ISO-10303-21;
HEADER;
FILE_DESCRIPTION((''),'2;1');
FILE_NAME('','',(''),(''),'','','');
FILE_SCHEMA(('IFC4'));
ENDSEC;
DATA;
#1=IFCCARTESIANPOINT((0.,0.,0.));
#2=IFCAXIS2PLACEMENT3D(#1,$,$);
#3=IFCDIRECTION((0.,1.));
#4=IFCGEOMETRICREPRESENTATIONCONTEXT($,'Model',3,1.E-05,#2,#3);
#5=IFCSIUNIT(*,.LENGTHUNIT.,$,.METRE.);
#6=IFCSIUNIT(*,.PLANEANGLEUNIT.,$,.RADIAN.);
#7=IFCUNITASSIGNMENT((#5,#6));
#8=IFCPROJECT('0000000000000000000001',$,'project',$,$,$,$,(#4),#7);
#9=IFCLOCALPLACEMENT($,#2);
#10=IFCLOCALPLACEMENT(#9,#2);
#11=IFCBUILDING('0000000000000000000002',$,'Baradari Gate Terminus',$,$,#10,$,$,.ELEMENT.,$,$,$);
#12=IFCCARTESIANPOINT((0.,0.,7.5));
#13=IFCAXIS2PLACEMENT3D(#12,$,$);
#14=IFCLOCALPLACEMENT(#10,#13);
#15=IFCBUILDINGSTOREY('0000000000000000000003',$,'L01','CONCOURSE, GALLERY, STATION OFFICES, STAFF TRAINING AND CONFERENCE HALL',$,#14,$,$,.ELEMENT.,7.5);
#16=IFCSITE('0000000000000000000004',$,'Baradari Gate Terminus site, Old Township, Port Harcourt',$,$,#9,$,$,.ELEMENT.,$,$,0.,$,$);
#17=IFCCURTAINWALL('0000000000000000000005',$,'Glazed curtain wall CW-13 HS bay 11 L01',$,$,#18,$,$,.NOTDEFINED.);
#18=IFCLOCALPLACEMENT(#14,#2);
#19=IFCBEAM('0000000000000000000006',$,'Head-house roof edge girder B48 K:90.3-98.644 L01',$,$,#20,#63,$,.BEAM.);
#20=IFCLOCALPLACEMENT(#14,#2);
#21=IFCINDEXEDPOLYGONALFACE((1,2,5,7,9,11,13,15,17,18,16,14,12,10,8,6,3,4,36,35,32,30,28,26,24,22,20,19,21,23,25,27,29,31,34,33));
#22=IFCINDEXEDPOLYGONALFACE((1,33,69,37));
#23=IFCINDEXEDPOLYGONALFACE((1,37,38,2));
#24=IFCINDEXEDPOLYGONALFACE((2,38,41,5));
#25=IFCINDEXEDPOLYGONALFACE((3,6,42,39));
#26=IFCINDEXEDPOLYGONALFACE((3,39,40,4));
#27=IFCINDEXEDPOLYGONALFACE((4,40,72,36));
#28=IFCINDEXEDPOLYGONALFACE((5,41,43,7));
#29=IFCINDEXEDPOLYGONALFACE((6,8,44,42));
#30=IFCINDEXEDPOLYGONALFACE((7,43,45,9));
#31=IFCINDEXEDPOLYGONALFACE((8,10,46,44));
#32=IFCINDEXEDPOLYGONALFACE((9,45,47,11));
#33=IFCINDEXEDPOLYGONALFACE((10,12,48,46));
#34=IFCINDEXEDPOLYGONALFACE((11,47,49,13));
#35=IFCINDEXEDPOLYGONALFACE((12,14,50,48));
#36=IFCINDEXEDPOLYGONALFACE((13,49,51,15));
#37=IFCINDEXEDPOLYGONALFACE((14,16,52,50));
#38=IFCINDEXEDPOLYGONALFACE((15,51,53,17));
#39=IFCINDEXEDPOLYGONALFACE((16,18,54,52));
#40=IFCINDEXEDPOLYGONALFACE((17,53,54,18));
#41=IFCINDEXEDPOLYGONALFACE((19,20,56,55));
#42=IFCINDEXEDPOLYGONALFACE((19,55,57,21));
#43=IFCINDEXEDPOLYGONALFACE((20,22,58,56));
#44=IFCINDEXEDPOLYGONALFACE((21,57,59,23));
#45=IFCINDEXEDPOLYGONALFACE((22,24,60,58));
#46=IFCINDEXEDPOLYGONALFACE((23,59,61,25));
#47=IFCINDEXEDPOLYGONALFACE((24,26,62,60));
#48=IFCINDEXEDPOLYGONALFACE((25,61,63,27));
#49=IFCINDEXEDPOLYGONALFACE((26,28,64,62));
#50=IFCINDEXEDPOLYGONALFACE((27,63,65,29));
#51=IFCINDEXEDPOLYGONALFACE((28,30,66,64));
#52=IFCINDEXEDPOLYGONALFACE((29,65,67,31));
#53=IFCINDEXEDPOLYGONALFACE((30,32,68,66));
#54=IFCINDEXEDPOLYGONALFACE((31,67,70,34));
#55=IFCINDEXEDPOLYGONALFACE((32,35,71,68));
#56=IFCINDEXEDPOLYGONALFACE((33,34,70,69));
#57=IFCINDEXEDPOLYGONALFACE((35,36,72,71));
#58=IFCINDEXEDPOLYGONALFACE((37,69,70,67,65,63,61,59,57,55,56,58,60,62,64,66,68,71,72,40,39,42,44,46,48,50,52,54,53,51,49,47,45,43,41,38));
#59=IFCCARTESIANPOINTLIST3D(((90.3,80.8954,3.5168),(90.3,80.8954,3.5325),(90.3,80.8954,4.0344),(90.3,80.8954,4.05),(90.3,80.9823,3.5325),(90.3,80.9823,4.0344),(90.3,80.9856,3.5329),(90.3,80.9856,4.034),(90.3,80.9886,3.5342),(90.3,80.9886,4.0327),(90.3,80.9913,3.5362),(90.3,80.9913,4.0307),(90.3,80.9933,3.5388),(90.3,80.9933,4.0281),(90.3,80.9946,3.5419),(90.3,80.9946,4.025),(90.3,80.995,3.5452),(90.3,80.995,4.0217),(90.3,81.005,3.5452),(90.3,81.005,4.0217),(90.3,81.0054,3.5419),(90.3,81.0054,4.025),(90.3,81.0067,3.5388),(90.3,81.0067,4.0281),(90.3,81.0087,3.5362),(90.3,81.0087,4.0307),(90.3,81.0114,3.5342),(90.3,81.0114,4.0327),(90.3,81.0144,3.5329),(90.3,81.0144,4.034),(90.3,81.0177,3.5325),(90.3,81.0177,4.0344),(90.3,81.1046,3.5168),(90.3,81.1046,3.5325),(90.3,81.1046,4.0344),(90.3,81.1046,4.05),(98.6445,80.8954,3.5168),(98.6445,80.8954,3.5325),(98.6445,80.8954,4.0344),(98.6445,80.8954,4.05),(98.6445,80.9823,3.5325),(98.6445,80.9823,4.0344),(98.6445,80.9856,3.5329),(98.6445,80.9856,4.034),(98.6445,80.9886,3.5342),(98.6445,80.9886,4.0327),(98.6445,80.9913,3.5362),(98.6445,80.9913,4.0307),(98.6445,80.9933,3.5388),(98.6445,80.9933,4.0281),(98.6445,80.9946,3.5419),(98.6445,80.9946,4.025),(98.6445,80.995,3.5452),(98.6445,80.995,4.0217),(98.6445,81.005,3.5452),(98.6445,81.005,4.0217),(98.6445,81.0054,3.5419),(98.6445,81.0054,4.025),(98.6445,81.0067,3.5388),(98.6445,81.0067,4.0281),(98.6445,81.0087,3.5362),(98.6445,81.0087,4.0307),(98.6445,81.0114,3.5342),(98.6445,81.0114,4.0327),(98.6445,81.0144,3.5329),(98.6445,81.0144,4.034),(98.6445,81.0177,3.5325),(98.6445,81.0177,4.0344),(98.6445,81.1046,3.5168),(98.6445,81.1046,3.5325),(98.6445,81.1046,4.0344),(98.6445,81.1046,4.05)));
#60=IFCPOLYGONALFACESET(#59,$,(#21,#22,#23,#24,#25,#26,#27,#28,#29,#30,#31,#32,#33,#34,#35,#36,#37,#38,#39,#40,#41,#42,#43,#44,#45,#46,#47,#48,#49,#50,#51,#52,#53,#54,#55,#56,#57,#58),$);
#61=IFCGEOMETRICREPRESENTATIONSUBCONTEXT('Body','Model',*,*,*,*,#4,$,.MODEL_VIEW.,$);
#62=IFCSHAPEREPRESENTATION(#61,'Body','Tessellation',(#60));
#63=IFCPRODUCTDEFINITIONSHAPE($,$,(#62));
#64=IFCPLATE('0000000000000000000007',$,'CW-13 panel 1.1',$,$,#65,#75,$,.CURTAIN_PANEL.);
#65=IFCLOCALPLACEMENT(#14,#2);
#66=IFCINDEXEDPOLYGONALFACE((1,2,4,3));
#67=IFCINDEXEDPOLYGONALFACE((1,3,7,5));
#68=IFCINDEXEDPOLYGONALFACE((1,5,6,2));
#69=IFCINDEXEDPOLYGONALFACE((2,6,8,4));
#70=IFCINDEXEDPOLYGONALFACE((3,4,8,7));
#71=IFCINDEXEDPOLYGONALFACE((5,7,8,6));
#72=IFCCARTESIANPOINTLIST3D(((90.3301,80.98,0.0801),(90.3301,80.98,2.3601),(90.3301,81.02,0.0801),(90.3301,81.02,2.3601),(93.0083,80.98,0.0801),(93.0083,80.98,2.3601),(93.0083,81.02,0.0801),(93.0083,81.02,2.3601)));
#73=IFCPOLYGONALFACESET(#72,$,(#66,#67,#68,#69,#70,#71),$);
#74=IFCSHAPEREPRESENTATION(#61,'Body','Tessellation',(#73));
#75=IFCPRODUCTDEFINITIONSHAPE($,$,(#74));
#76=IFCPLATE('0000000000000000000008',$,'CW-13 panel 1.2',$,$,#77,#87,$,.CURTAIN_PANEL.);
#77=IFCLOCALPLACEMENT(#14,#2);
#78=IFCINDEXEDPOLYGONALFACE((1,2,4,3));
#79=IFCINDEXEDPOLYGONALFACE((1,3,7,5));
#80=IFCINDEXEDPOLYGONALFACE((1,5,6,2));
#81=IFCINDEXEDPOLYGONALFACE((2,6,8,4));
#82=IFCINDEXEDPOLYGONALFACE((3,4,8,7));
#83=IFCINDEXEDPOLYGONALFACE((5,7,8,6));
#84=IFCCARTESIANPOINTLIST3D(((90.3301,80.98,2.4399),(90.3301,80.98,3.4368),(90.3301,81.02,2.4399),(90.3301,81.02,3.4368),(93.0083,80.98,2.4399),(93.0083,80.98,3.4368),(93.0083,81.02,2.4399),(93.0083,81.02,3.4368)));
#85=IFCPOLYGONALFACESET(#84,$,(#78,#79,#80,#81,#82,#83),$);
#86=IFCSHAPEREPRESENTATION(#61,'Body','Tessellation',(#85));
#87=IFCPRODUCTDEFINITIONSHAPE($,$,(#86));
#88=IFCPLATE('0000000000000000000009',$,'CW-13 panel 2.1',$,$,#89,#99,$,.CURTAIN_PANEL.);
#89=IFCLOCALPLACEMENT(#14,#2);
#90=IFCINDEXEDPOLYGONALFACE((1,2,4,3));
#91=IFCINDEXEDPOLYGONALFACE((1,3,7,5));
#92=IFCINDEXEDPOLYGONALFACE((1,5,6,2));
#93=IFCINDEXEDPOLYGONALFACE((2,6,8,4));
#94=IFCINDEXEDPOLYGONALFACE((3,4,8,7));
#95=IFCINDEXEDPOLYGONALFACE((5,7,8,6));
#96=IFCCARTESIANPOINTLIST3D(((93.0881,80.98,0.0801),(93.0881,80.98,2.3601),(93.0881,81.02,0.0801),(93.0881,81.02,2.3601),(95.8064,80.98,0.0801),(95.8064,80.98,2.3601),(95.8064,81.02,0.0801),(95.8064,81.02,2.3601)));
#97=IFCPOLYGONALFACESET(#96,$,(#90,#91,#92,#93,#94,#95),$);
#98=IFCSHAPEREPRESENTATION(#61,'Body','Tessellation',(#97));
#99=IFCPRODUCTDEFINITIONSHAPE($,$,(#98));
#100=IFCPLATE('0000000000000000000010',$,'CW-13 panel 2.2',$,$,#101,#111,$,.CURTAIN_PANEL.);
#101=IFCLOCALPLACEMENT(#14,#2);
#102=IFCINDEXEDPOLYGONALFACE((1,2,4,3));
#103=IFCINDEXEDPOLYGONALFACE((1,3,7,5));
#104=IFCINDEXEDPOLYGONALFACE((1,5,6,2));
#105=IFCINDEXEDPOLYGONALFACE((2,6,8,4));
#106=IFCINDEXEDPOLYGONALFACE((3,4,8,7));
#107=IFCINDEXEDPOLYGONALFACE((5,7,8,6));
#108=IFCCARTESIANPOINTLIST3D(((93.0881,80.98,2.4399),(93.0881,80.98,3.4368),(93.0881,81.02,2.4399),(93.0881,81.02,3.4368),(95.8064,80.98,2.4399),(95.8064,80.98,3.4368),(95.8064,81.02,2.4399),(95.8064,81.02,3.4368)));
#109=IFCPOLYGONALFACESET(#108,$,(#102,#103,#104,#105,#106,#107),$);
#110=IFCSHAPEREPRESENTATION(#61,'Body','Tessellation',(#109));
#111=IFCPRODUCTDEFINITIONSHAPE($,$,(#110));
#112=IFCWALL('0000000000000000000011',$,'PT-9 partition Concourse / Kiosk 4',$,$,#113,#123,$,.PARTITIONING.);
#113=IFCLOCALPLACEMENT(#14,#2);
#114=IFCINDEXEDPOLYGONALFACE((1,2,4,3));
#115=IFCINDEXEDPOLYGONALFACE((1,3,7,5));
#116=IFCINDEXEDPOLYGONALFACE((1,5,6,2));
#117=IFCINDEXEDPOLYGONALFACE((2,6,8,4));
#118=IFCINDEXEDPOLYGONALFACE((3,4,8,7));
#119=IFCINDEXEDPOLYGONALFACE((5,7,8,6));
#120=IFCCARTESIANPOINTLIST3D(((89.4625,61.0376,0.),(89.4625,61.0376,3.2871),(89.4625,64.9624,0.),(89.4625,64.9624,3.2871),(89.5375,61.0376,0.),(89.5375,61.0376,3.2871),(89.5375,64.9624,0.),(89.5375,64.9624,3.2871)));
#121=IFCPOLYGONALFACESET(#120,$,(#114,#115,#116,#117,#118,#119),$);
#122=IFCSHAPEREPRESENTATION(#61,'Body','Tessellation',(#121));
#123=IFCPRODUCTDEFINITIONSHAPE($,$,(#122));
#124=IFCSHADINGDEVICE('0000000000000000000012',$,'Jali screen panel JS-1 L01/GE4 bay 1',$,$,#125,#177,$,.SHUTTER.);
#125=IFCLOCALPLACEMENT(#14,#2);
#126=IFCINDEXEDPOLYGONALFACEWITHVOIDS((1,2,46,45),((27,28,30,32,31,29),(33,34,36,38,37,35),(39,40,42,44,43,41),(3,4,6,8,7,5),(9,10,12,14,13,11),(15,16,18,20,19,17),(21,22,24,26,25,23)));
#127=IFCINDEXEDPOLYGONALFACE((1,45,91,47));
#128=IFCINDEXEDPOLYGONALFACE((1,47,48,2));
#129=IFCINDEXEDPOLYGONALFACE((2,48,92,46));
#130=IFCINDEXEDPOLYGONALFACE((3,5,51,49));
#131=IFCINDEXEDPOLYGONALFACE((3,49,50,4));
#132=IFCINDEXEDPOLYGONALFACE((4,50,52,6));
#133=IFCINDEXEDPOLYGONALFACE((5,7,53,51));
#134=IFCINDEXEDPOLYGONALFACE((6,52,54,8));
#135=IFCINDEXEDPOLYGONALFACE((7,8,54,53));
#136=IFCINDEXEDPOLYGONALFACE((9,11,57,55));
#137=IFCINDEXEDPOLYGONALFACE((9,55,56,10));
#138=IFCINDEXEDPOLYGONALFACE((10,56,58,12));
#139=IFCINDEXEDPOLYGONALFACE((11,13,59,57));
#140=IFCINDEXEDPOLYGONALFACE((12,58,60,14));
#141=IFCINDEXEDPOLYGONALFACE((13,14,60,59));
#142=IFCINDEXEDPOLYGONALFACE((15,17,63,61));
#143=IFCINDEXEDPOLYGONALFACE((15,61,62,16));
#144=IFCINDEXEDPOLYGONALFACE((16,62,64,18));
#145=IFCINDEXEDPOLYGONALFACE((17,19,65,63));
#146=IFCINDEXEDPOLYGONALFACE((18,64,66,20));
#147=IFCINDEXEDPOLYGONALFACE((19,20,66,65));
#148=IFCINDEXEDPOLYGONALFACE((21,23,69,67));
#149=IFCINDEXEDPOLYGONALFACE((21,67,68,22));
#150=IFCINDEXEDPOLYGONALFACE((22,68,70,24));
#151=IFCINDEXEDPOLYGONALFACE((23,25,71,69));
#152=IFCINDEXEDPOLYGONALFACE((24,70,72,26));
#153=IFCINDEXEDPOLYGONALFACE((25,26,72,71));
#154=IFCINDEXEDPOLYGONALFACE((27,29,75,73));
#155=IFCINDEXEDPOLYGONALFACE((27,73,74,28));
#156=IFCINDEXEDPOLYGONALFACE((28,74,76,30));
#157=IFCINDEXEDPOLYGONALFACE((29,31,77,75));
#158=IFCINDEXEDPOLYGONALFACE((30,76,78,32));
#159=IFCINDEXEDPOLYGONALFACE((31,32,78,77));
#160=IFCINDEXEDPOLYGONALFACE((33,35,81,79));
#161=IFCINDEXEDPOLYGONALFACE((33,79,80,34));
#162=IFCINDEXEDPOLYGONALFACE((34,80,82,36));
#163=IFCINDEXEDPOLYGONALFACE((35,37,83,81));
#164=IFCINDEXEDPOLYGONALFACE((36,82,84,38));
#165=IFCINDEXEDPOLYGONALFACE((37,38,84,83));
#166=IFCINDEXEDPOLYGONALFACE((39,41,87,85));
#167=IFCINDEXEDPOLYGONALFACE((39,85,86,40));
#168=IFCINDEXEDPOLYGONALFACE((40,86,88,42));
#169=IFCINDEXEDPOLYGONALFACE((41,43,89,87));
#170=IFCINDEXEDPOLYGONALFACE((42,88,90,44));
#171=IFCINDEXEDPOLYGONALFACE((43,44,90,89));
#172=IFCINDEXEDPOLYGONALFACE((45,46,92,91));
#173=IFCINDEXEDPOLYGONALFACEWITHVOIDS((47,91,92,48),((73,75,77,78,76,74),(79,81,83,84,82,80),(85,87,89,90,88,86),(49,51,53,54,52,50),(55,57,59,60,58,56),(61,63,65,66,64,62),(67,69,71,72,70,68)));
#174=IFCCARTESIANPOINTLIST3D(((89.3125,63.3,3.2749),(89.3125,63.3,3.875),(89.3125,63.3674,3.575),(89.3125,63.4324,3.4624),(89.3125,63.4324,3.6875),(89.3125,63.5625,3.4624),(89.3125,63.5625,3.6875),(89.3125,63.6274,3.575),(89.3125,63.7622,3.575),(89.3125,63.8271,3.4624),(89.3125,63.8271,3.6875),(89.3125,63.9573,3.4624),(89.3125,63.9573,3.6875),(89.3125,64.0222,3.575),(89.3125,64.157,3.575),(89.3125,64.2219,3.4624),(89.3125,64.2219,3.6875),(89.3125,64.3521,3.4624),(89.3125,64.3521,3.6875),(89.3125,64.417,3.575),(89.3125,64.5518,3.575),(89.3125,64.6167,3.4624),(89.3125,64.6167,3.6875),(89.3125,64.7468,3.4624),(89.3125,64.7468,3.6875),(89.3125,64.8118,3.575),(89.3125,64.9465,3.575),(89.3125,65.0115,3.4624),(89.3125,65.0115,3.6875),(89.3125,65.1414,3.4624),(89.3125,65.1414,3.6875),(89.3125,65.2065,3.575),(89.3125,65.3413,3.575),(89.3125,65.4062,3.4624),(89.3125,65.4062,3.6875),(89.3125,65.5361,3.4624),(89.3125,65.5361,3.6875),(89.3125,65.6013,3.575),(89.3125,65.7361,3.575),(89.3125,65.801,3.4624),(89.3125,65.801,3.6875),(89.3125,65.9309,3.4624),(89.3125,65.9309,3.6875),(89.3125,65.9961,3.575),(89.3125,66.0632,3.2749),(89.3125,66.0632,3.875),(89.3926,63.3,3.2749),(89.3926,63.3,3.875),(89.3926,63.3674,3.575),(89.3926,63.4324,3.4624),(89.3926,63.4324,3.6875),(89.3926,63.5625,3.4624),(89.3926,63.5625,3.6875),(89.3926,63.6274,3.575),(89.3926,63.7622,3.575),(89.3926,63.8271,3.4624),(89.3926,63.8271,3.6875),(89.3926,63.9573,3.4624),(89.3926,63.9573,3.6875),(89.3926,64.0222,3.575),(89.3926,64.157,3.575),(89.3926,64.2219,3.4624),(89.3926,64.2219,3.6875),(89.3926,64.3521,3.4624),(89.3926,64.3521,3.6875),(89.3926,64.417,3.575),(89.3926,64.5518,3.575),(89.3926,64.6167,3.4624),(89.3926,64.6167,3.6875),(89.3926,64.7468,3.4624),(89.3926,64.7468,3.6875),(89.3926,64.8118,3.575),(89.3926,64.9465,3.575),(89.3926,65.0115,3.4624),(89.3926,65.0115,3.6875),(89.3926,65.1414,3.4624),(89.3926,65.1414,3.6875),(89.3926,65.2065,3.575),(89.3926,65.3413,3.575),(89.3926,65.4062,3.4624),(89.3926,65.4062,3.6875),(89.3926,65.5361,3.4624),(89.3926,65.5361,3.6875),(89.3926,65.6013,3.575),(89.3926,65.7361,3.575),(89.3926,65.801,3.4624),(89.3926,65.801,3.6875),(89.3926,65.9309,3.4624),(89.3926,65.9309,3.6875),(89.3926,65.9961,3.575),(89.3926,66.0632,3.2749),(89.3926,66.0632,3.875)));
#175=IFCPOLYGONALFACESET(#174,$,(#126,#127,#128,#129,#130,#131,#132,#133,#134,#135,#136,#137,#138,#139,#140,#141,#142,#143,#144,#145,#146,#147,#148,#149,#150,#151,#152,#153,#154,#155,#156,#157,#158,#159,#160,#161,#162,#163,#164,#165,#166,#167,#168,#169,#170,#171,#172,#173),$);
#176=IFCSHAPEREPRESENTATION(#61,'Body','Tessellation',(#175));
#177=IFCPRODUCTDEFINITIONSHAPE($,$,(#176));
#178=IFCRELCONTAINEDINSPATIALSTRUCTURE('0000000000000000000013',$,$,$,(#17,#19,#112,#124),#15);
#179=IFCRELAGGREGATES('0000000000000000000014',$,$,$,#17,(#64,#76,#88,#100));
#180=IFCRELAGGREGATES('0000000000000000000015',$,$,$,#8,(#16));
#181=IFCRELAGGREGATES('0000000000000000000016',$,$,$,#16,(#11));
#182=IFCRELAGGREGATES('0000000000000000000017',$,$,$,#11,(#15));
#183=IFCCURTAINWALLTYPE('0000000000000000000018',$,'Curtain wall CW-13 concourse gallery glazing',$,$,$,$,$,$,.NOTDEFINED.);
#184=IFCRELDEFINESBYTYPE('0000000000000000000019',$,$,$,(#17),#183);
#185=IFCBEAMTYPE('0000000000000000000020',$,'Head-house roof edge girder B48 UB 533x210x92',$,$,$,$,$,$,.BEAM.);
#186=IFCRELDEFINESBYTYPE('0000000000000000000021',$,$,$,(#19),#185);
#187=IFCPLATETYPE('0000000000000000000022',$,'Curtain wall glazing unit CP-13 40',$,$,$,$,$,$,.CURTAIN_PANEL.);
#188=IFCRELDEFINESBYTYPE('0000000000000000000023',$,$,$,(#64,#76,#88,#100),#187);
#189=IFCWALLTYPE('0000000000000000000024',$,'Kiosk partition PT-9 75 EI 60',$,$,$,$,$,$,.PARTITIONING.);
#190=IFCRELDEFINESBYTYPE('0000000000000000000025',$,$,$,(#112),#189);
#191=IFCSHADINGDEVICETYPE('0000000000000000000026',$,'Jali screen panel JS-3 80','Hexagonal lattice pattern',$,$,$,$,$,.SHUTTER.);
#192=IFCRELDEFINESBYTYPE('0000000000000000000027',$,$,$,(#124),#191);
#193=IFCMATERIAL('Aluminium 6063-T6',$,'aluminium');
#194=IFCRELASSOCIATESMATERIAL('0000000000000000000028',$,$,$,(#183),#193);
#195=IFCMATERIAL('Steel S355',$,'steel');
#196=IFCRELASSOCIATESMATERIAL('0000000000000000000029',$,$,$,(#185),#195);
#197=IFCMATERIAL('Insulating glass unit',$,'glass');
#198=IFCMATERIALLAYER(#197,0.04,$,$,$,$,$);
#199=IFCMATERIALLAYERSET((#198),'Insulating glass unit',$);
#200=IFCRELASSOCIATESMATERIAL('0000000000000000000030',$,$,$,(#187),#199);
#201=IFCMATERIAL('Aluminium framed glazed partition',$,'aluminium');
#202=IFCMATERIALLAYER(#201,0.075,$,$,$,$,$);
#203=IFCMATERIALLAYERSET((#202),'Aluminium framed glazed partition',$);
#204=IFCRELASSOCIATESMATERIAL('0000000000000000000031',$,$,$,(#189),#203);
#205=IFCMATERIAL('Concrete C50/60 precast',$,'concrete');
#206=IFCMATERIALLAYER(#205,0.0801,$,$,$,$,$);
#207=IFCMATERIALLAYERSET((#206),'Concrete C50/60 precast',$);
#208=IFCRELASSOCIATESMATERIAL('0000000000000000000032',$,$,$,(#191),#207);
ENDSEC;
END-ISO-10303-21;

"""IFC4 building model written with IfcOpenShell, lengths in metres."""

from ifc_helpers import new_model, si_unit, direction, frame, frame_2d, origin, origin_2d, place, context, subcontext, project, spatial, polyline, rectangle, i_section, outline, extrude, material, layer, layer_set, material_profile, profile_set, type_object, element, aggregate, save


model = new_model("IFC4")

# Units and contexts
model_context = context("Model", 3, precision=1e-05, world=origin(), true_north=direction((0.0, 1.0)))
body_context = subcontext(model_context, "Body", "Model", "MODEL_VIEW")
ifc_project = project(units=[si_unit("LENGTHUNIT", "METRE"), si_unit("PLANEANGLEUNIT", "RADIAN")], contexts=[model_context])

# Site, building, storey
site_placement = place(None, origin())
site = spatial("IfcSite", under=ifc_project, at=site_placement, Name="Baradari Gate Terminus site, Old Township, Port Harcourt", CompositionType="ELEMENT", RefElevation=0.0)
building_placement = place(site_placement, origin())
building = spatial("IfcBuilding", under=site, at=building_placement, Name="Baradari Gate Terminus", CompositionType="ELEMENT")
storey_placement = place(building_placement, frame((0.0, 0.0, 7.5)))
storey = spatial("IfcBuildingStorey", under=building, at=storey_placement, Name="L01", Description="CONCOURSE, GALLERY, STATION OFFICES, STAFF TRAINING AND CONFERENCE HALL", CompositionType="ELEMENT", Elevation=7.5)

# Curtain wall
ifc_material_1 = material(Name="Aluminium 6063-T6", Category="aluminium")
curtain_wall_type = type_object("IfcCurtainWallType", Name="Curtain wall CW-13 concourse gallery glazing", PredefinedType="NOTDEFINED", material=ifc_material_1)
curtain_wall_placement = place(storey_placement, origin())
curtain_wall = element("IfcCurtainWall", 1, at=curtain_wall_placement, inside=storey, type_object=curtain_wall_type, Name="Glazed curtain wall CW-13 HS bay 11 L01", PredefinedType="NOTDEFINED")

# Beam
ifc_material_2 = material(Name="Steel S355", Category="steel")
ifc_material_profile_1 = material_profile(ifc_material_2, i_section(OverallWidth=0.2092, OverallDepth=0.5332, WebThickness=0.01, FlangeThickness=0.0156, FilletRadius=0.0127, at=origin_2d()), Name="UB 533x210x92")
ifc_profile_set_1 = profile_set([ifc_material_profile_1], Name="Steel S355")
beam_type_1 = type_object("IfcBeamType", Name="Head-house roof edge girder B48 UB 533x210x92", PredefinedType="BEAM", material=ifc_profile_set_1)
beam_1_placement = place(storey_placement, frame((90.3, 81.0, 3.7834), z_axis=(1.0, 0.0, 0.0), x_axis=(0.0, 1.0, 0.0)))
element("IfcBeam", 2, at=beam_1_placement, inside=storey, type_object=beam_type_1, Name="Head-house roof edge girder B48 K:90.3-98.644 L01", PredefinedType="BEAM", context=body_context, shape_type="SweptSolid", body=[
    extrude(i_section(OverallWidth=0.2092, OverallDepth=0.5332, WebThickness=0.01, FlangeThickness=0.0156, FilletRadius=0.0127, at=origin_2d()), origin(), (0.0, 0.0, 1.0), 8.3445),
])

# Plates
ifc_material_3 = material(Name="Insulating glass unit", Category="glass")
ifc_layer_1 = layer(ifc_material_3, 0.04)
ifc_layer_set_1 = layer_set([ifc_layer_1], Name="Insulating glass unit")
plate_type = type_object("IfcPlateType", Name="Curtain wall glazing unit CP-13 40", PredefinedType="CURTAIN_PANEL", material=ifc_layer_set_1)
plate_1_placement = place(storey_placement, frame((91.6692, 81.0, 0.0801), z_axis=(0.0, 0.0, 1.0), x_axis=(1.0, 0.0, 0.0)))
plate_1 = element("IfcPlate", 3, at=plate_1_placement, type_object=plate_type, Name="CW-13 panel 1.1", PredefinedType="CURTAIN_PANEL", context=body_context, shape_type="SweptSolid", body=[
    extrude(rectangle(XDim=2.6782, YDim=0.04, at=origin_2d()), origin(), (0.0, 0.0, 1.0), 2.28),
])
plate_2_placement = place(storey_placement, frame((91.6692, 81.0, 2.4399), z_axis=(0.0, 0.0, 1.0), x_axis=(1.0, 0.0, 0.0)))
plate_2 = element("IfcPlate", 4, at=plate_2_placement, type_object=plate_type, Name="CW-13 panel 1.2", PredefinedType="CURTAIN_PANEL", context=body_context, shape_type="SweptSolid", body=[
    extrude(rectangle(XDim=2.6782, YDim=0.04, at=origin_2d()), origin(), (0.0, 0.0, 1.0), 0.9968),
])
plate_3_placement = place(storey_placement, frame((94.4473, 81.0, 0.0801), z_axis=(0.0, 0.0, 1.0), x_axis=(1.0, 0.0, 0.0)))
plate_3 = element("IfcPlate", 5, at=plate_3_placement, type_object=plate_type, Name="CW-13 panel 2.1", PredefinedType="CURTAIN_PANEL", context=body_context, shape_type="SweptSolid", body=[
    extrude(rectangle(XDim=2.7183, YDim=0.04, at=origin_2d()), origin(), (0.0, 0.0, 1.0), 2.28),
])
plate_4_placement = place(storey_placement, frame((94.4473, 81.0, 2.4399), z_axis=(0.0, 0.0, 1.0), x_axis=(1.0, 0.0, 0.0)))
plate_4 = element("IfcPlate", 6, at=plate_4_placement, type_object=plate_type, Name="CW-13 panel 2.2", PredefinedType="CURTAIN_PANEL", context=body_context, shape_type="SweptSolid", body=[
    extrude(rectangle(XDim=2.7183, YDim=0.04, at=origin_2d()), origin(), (0.0, 0.0, 1.0), 0.9968),
])
aggregate(curtain_wall, [plate_1, plate_2, plate_3, plate_4])

# Wall
ifc_material_4 = material(Name="Aluminium framed glazed partition", Category="aluminium")
ifc_layer_2 = layer(ifc_material_4, 0.075)
ifc_layer_set_2 = layer_set([ifc_layer_2], Name="Aluminium framed glazed partition")
wall_type = type_object("IfcWallType", Name="Kiosk partition PT-9 75 EI 60", PredefinedType="PARTITIONING", material=ifc_layer_set_2)
wall_placement = place(storey_placement, frame((89.5, 61.0376, 0.0), z_axis=(0.0, 0.0, 1.0), x_axis=(0.0, 1.0, 0.0)))
element("IfcWall", 7, at=wall_placement, inside=storey, type_object=wall_type, Name="PT-9 partition Concourse / Kiosk 4", PredefinedType="PARTITIONING", context=body_context, shape_type="SweptSolid", body=[
    extrude(rectangle(XDim=3.9248, YDim=0.075, at=frame_2d((1.9624, 0.0))), origin(), (0.0, 0.0, 1.0), 3.2871),
])

# Shading device
ifc_material_5 = material(Name="Concrete C50/60 precast", Category="concrete")
ifc_layer_3 = layer(ifc_material_5, 0.0801)
ifc_layer_set_3 = layer_set([ifc_layer_3], Name="Concrete C50/60 precast")
shading_device_type = type_object("IfcShadingDeviceType", Name="Jali screen panel JS-3 80", Description="Hexagonal lattice pattern", PredefinedType="SHUTTER", material=ifc_layer_set_3)
shading_device_1_placement = place(storey_placement, frame((89.3525, 63.3, 3.2749), z_axis=(0.0, 0.0, 1.0), x_axis=(0.0, 1.0, 0.0)))
element("IfcShadingDevice", 8, at=shading_device_1_placement, inside=storey, type_object=shading_device_type, Name="Jali screen panel JS-1 L01/GE4 bay 1", PredefinedType="SHUTTER", context=body_context, shape_type="SweptSolid", body=[
    extrude(outline(polyline([(0.0, 0.0), (2.7632, 0.0), (2.7632, 0.6001), (0.0, 0.6001), (0.0, 0.0)]), holes=[polyline([(0.3274, 0.3), (0.2625, 0.1875), (0.1323, 0.1875), (0.0674, 0.3), (0.1323, 0.4126), (0.2625, 0.4126), (0.3274, 0.3)]), polyline([(0.7222, 0.3), (0.6572, 0.1875), (0.5271, 0.1875), (0.4622, 0.3), (0.5271, 0.4126), (0.6572, 0.4126), (0.7222, 0.3)]), polyline([(1.1169, 0.3), (1.052, 0.1875), (0.9219, 0.1875), (0.8569, 0.3), (0.9219, 0.4126), (1.052, 0.4126), (1.1169, 0.3)]), polyline([(1.5117, 0.3), (1.4468, 0.1875), (1.3167, 0.1875), (1.2517, 0.3), (1.3167, 0.4126), (1.4468, 0.4126), (1.5117, 0.3)]), polyline([(1.9065, 0.3), (1.8413, 0.1875), (1.7114, 0.1875), (1.6465, 0.3), (1.7114, 0.4126), (1.8413, 0.4126), (1.9065, 0.3)]), polyline([(2.3013, 0.3), (2.2361, 0.1875), (2.1062, 0.1875), (2.0413, 0.3), (2.1062, 0.4126), (2.2361, 0.4126), (2.3013, 0.3)]), polyline([(2.696, 0.3), (2.6309, 0.1875), (2.501, 0.1875), (2.436, 0.3), (2.501, 0.4126), (2.6309, 0.4126), (2.696, 0.3)])]), frame((0.0, 0.04, 0.0), z_axis=(0.0, -1.0, 0.0), x_axis=(1.0, 0.0, 0.0)), (0.0, 0.0, 1.0), 0.0801),
])

save(model, "model.ifc")
